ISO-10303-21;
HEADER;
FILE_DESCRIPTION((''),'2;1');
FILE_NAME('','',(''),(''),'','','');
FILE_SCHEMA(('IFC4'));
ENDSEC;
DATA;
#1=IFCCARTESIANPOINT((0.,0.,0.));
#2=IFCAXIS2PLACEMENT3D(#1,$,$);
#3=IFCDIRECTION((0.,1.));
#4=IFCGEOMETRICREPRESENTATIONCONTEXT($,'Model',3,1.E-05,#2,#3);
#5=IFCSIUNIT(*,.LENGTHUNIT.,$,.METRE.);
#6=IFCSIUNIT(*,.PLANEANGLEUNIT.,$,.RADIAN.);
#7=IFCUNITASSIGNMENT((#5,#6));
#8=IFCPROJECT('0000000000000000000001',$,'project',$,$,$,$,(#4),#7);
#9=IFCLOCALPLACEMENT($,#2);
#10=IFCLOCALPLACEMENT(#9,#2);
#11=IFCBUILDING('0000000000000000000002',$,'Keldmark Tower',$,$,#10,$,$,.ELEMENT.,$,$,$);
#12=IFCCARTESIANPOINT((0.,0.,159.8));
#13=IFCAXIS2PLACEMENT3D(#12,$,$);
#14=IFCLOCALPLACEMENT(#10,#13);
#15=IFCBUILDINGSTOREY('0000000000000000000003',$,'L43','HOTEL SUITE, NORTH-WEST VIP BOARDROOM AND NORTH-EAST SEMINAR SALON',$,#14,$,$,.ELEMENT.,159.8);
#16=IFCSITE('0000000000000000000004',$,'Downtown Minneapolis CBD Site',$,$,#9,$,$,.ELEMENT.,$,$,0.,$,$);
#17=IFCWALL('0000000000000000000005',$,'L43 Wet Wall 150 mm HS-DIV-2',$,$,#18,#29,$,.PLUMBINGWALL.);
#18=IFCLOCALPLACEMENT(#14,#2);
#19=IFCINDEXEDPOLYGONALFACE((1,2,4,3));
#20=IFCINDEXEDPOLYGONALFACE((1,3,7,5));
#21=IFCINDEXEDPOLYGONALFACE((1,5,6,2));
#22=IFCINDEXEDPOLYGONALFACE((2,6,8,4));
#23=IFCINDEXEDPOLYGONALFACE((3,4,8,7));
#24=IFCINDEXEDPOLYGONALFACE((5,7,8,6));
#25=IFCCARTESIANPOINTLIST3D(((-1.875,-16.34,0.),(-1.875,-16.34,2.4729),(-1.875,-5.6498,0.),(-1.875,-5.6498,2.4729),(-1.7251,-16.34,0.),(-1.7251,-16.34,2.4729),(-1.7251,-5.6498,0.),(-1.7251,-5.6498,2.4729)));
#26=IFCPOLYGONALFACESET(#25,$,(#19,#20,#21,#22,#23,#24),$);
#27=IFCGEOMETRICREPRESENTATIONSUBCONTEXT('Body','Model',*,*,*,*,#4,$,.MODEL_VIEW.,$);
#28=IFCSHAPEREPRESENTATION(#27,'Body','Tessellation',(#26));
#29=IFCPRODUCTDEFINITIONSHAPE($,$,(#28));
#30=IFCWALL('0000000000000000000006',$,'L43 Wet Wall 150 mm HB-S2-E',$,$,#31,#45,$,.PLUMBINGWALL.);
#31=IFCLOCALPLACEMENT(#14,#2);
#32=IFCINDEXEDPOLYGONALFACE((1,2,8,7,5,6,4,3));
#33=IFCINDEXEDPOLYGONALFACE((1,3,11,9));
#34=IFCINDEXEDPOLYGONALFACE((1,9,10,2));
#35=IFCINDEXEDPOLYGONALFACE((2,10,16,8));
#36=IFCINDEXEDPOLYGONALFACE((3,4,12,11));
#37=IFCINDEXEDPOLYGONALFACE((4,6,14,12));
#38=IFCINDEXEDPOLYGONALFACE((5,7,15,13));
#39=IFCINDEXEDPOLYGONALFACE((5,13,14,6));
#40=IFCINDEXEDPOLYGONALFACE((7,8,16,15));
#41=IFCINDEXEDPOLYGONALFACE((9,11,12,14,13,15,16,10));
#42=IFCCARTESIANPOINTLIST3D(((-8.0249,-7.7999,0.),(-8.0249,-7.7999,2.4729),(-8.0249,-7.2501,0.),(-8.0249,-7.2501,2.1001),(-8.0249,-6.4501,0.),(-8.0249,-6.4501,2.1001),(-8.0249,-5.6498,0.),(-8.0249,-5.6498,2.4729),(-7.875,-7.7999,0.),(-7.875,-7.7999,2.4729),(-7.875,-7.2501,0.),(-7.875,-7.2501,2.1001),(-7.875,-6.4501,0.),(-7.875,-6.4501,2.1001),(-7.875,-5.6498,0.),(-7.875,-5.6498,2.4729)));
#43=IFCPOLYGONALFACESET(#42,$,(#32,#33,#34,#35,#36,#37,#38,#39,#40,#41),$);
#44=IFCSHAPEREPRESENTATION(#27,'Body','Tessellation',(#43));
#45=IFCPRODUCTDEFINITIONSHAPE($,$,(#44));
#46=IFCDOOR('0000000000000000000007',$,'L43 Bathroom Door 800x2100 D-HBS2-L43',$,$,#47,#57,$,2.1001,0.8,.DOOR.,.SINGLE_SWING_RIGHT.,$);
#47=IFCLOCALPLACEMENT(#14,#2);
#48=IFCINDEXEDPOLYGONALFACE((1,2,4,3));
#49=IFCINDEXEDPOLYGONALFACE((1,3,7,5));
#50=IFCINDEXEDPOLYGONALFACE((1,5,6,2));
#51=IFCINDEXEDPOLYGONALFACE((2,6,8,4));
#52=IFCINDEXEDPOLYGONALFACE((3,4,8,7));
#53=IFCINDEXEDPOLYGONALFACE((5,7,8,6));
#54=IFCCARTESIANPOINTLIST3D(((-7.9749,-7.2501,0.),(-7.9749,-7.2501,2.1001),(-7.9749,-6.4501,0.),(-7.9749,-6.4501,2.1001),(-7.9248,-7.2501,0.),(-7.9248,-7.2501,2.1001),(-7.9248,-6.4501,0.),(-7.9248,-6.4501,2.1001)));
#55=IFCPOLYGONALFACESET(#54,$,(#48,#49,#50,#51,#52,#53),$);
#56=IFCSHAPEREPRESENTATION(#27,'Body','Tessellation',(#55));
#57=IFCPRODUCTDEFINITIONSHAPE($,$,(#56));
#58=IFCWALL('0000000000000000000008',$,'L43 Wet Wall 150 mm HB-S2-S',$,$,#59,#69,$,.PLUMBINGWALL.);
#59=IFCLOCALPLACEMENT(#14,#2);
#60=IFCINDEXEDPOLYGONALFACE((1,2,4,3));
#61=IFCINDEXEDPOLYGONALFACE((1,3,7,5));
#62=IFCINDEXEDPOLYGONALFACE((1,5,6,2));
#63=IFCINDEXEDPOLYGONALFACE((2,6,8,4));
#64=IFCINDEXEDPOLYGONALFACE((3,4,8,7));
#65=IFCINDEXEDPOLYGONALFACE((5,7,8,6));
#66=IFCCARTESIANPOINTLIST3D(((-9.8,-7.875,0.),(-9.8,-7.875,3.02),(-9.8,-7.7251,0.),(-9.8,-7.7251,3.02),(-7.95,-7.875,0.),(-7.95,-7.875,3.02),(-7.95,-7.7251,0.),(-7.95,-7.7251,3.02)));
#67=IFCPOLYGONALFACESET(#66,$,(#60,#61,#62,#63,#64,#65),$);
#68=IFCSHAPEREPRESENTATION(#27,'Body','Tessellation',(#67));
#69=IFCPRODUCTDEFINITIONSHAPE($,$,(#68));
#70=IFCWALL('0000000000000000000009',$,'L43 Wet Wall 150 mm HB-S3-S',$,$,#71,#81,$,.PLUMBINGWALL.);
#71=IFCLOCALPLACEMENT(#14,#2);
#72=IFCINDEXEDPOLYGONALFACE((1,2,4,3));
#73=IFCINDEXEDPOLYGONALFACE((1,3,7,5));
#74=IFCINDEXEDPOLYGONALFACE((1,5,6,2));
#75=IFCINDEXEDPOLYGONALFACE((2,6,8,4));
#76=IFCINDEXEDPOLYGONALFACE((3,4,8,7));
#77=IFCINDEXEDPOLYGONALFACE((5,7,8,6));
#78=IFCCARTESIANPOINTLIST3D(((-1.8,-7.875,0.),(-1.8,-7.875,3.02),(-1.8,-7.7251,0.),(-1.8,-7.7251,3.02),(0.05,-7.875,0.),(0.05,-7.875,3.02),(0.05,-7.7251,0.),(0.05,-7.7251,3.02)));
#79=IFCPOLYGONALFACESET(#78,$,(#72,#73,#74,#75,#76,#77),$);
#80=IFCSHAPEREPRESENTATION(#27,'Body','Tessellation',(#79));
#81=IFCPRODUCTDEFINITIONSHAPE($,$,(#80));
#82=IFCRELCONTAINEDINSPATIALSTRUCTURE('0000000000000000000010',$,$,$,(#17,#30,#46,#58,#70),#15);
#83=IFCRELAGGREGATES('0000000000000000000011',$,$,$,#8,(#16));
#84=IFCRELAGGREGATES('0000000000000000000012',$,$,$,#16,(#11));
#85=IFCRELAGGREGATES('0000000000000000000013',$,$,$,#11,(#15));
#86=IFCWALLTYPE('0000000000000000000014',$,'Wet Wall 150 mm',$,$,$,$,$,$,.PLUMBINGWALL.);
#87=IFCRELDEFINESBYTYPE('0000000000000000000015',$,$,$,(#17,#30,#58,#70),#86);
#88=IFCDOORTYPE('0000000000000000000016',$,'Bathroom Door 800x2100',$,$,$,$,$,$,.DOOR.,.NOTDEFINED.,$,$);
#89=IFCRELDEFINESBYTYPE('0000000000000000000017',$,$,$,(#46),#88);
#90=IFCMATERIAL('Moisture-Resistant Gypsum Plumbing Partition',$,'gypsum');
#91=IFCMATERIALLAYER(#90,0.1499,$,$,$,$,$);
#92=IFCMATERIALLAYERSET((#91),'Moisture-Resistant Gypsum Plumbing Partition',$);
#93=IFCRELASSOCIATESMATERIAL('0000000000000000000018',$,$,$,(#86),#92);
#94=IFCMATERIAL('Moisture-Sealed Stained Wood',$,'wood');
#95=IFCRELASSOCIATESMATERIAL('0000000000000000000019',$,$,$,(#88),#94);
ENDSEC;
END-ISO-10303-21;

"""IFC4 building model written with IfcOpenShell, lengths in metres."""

from ifc_helpers import new_model, si_unit, direction, frame, frame_2d, origin, place, context, subcontext, project, spatial, rectangle, extrude, material, layer, layer_set, type_object, element, fill, save


model = new_model("IFC4")

# Units and contexts
model_context = context("Model", 3, precision=1e-05, world=origin(), true_north=direction((0.0, 1.0)))
body_context = subcontext(model_context, "Body", "Model", "MODEL_VIEW")
ifc_project = project(units=[si_unit("LENGTHUNIT", "METRE"), si_unit("PLANEANGLEUNIT", "RADIAN")], contexts=[model_context])

# Site, building, storey
site_placement = place(None, origin())
site = spatial("IfcSite", under=ifc_project, at=site_placement, Name="Downtown Minneapolis CBD Site", CompositionType="ELEMENT", RefElevation=0.0)
building_placement = place(site_placement, origin())
building = spatial("IfcBuilding", under=site, at=building_placement, Name="Keldmark Tower", CompositionType="ELEMENT")
storey_placement = place(building_placement, frame((0.0, 0.0, 159.8)))
storey = spatial("IfcBuildingStorey", under=building, at=storey_placement, Name="L43", Description="HOTEL SUITE, NORTH-WEST VIP BOARDROOM AND NORTH-EAST SEMINAR SALON", CompositionType="ELEMENT", Elevation=159.8)

# Wall
ifc_material_1 = material(Name="Moisture-Resistant Gypsum Plumbing Partition", Category="gypsum")
ifc_layer_1 = layer(ifc_material_1, 0.1499)
ifc_layer_set_1 = layer_set([ifc_layer_1], Name="Moisture-Resistant Gypsum Plumbing Partition")
wall_type_1 = type_object("IfcWallType", Name="Wet Wall 150 mm", PredefinedType="PLUMBINGWALL", material=ifc_layer_set_1)
wall_1_placement = place(storey_placement, frame((-1.8, -16.3401, 0.0), z_axis=(0.0, 0.0, 1.0), x_axis=(0.0, 1.0, 0.0)))
element("IfcWall", 1, at=wall_1_placement, inside=storey, type_object=wall_type_1, Name="L43 Wet Wall 150 mm HS-DIV-2", PredefinedType="PLUMBINGWALL", context=body_context, shape_type="SweptSolid", body=[
    extrude(rectangle(XDim=10.6902, YDim=0.1499, at=frame_2d((5.3452, 0.0))), origin(), (0.0, 0.0, 1.0), 2.4729),
])

# Wall, opening, door
wall_2_placement = place(storey_placement, frame((-7.95, -7.8, 0.0), z_axis=(0.0, 0.0, 1.0), x_axis=(0.0, 1.0, 0.0)))
wall_2 = element("IfcWall", 2, at=wall_2_placement, inside=storey, type_object=wall_type_1, Name="L43 Wet Wall 150 mm HB-S2-E", PredefinedType="PLUMBINGWALL", context=body_context, shape_type="SweptSolid", body=[
    extrude(rectangle(XDim=2.1501, YDim=0.1499, at=frame_2d((1.0752, 0.0))), origin(), (0.0, 0.0, 1.0), 2.4729),
])
opening_1_placement = place(wall_2_placement, frame((0.55, 0.0, 0.0)))
opening_1 = element("IfcOpeningElement", 3, at=opening_1_placement, cuts=wall_2, PredefinedType="OPENING", context=body_context, shape_type="SweptSolid", body=[
    extrude(rectangle(XDim=0.8, YDim=2.1001, at=frame_2d((0.3999, 1.05))), frame((0.0, 0.085, 0.0), z_axis=(0.0, -1.0, 0.0), x_axis=(1.0, 0.0, 0.0)), (0.0, 0.0, 1.0), 0.1699),
])
ifc_material_2 = material(Name="Moisture-Sealed Stained Wood", Category="wood")
door_type = type_object("IfcDoorType", Name="Bathroom Door 800x2100", OperationType="NOTDEFINED", PredefinedType="DOOR", material=ifc_material_2)
door_placement = place(opening_1_placement, origin())
door = element("IfcDoor", 4, at=door_placement, inside=storey, type_object=door_type, Name="L43 Bathroom Door 800x2100 D-HBS2-L43", OperationType="SINGLE_SWING_RIGHT", OverallHeight=2.1001, OverallWidth=0.8, PredefinedType="DOOR", context=body_context, shape_type="SweptSolid", body=[
    extrude(rectangle(XDim=0.8, YDim=2.1001, at=frame_2d((0.3999, 1.05))), frame((0.0, 0.0249, 0.0), z_axis=(0.0, -1.0, 0.0), x_axis=(1.0, 0.0, 0.0)), (0.0, 0.0, 1.0), 0.05),
])
fill(opening_1, door)

# Walls
for number, where, z_axis, x_axis, name in (
    (5, (-9.8, -7.8, 0.0), (0.0, 0.0, 1.0), (1.0, 0.0, 0.0), "L43 Wet Wall 150 mm HB-S2-S"),
    (6, (-1.8, -7.8, 0.0), (0.0, 0.0, 1.0), (1.0, 0.0, 0.0), "L43 Wet Wall 150 mm HB-S3-S"),
):
    element("IfcWall", number, at=place(storey_placement, frame(where, z_axis=z_axis, x_axis=x_axis)), inside=storey, type_object=wall_type_1, Name=name, PredefinedType="PLUMBINGWALL", context=body_context, shape_type="SweptSolid", body=[
        extrude(rectangle(XDim=1.8501, YDim=0.1499, at=frame_2d((0.925, 0.0))), origin(), (0.0, 0.0, 1.0), 3.02),
    ])

save(model, "model.ifc")
